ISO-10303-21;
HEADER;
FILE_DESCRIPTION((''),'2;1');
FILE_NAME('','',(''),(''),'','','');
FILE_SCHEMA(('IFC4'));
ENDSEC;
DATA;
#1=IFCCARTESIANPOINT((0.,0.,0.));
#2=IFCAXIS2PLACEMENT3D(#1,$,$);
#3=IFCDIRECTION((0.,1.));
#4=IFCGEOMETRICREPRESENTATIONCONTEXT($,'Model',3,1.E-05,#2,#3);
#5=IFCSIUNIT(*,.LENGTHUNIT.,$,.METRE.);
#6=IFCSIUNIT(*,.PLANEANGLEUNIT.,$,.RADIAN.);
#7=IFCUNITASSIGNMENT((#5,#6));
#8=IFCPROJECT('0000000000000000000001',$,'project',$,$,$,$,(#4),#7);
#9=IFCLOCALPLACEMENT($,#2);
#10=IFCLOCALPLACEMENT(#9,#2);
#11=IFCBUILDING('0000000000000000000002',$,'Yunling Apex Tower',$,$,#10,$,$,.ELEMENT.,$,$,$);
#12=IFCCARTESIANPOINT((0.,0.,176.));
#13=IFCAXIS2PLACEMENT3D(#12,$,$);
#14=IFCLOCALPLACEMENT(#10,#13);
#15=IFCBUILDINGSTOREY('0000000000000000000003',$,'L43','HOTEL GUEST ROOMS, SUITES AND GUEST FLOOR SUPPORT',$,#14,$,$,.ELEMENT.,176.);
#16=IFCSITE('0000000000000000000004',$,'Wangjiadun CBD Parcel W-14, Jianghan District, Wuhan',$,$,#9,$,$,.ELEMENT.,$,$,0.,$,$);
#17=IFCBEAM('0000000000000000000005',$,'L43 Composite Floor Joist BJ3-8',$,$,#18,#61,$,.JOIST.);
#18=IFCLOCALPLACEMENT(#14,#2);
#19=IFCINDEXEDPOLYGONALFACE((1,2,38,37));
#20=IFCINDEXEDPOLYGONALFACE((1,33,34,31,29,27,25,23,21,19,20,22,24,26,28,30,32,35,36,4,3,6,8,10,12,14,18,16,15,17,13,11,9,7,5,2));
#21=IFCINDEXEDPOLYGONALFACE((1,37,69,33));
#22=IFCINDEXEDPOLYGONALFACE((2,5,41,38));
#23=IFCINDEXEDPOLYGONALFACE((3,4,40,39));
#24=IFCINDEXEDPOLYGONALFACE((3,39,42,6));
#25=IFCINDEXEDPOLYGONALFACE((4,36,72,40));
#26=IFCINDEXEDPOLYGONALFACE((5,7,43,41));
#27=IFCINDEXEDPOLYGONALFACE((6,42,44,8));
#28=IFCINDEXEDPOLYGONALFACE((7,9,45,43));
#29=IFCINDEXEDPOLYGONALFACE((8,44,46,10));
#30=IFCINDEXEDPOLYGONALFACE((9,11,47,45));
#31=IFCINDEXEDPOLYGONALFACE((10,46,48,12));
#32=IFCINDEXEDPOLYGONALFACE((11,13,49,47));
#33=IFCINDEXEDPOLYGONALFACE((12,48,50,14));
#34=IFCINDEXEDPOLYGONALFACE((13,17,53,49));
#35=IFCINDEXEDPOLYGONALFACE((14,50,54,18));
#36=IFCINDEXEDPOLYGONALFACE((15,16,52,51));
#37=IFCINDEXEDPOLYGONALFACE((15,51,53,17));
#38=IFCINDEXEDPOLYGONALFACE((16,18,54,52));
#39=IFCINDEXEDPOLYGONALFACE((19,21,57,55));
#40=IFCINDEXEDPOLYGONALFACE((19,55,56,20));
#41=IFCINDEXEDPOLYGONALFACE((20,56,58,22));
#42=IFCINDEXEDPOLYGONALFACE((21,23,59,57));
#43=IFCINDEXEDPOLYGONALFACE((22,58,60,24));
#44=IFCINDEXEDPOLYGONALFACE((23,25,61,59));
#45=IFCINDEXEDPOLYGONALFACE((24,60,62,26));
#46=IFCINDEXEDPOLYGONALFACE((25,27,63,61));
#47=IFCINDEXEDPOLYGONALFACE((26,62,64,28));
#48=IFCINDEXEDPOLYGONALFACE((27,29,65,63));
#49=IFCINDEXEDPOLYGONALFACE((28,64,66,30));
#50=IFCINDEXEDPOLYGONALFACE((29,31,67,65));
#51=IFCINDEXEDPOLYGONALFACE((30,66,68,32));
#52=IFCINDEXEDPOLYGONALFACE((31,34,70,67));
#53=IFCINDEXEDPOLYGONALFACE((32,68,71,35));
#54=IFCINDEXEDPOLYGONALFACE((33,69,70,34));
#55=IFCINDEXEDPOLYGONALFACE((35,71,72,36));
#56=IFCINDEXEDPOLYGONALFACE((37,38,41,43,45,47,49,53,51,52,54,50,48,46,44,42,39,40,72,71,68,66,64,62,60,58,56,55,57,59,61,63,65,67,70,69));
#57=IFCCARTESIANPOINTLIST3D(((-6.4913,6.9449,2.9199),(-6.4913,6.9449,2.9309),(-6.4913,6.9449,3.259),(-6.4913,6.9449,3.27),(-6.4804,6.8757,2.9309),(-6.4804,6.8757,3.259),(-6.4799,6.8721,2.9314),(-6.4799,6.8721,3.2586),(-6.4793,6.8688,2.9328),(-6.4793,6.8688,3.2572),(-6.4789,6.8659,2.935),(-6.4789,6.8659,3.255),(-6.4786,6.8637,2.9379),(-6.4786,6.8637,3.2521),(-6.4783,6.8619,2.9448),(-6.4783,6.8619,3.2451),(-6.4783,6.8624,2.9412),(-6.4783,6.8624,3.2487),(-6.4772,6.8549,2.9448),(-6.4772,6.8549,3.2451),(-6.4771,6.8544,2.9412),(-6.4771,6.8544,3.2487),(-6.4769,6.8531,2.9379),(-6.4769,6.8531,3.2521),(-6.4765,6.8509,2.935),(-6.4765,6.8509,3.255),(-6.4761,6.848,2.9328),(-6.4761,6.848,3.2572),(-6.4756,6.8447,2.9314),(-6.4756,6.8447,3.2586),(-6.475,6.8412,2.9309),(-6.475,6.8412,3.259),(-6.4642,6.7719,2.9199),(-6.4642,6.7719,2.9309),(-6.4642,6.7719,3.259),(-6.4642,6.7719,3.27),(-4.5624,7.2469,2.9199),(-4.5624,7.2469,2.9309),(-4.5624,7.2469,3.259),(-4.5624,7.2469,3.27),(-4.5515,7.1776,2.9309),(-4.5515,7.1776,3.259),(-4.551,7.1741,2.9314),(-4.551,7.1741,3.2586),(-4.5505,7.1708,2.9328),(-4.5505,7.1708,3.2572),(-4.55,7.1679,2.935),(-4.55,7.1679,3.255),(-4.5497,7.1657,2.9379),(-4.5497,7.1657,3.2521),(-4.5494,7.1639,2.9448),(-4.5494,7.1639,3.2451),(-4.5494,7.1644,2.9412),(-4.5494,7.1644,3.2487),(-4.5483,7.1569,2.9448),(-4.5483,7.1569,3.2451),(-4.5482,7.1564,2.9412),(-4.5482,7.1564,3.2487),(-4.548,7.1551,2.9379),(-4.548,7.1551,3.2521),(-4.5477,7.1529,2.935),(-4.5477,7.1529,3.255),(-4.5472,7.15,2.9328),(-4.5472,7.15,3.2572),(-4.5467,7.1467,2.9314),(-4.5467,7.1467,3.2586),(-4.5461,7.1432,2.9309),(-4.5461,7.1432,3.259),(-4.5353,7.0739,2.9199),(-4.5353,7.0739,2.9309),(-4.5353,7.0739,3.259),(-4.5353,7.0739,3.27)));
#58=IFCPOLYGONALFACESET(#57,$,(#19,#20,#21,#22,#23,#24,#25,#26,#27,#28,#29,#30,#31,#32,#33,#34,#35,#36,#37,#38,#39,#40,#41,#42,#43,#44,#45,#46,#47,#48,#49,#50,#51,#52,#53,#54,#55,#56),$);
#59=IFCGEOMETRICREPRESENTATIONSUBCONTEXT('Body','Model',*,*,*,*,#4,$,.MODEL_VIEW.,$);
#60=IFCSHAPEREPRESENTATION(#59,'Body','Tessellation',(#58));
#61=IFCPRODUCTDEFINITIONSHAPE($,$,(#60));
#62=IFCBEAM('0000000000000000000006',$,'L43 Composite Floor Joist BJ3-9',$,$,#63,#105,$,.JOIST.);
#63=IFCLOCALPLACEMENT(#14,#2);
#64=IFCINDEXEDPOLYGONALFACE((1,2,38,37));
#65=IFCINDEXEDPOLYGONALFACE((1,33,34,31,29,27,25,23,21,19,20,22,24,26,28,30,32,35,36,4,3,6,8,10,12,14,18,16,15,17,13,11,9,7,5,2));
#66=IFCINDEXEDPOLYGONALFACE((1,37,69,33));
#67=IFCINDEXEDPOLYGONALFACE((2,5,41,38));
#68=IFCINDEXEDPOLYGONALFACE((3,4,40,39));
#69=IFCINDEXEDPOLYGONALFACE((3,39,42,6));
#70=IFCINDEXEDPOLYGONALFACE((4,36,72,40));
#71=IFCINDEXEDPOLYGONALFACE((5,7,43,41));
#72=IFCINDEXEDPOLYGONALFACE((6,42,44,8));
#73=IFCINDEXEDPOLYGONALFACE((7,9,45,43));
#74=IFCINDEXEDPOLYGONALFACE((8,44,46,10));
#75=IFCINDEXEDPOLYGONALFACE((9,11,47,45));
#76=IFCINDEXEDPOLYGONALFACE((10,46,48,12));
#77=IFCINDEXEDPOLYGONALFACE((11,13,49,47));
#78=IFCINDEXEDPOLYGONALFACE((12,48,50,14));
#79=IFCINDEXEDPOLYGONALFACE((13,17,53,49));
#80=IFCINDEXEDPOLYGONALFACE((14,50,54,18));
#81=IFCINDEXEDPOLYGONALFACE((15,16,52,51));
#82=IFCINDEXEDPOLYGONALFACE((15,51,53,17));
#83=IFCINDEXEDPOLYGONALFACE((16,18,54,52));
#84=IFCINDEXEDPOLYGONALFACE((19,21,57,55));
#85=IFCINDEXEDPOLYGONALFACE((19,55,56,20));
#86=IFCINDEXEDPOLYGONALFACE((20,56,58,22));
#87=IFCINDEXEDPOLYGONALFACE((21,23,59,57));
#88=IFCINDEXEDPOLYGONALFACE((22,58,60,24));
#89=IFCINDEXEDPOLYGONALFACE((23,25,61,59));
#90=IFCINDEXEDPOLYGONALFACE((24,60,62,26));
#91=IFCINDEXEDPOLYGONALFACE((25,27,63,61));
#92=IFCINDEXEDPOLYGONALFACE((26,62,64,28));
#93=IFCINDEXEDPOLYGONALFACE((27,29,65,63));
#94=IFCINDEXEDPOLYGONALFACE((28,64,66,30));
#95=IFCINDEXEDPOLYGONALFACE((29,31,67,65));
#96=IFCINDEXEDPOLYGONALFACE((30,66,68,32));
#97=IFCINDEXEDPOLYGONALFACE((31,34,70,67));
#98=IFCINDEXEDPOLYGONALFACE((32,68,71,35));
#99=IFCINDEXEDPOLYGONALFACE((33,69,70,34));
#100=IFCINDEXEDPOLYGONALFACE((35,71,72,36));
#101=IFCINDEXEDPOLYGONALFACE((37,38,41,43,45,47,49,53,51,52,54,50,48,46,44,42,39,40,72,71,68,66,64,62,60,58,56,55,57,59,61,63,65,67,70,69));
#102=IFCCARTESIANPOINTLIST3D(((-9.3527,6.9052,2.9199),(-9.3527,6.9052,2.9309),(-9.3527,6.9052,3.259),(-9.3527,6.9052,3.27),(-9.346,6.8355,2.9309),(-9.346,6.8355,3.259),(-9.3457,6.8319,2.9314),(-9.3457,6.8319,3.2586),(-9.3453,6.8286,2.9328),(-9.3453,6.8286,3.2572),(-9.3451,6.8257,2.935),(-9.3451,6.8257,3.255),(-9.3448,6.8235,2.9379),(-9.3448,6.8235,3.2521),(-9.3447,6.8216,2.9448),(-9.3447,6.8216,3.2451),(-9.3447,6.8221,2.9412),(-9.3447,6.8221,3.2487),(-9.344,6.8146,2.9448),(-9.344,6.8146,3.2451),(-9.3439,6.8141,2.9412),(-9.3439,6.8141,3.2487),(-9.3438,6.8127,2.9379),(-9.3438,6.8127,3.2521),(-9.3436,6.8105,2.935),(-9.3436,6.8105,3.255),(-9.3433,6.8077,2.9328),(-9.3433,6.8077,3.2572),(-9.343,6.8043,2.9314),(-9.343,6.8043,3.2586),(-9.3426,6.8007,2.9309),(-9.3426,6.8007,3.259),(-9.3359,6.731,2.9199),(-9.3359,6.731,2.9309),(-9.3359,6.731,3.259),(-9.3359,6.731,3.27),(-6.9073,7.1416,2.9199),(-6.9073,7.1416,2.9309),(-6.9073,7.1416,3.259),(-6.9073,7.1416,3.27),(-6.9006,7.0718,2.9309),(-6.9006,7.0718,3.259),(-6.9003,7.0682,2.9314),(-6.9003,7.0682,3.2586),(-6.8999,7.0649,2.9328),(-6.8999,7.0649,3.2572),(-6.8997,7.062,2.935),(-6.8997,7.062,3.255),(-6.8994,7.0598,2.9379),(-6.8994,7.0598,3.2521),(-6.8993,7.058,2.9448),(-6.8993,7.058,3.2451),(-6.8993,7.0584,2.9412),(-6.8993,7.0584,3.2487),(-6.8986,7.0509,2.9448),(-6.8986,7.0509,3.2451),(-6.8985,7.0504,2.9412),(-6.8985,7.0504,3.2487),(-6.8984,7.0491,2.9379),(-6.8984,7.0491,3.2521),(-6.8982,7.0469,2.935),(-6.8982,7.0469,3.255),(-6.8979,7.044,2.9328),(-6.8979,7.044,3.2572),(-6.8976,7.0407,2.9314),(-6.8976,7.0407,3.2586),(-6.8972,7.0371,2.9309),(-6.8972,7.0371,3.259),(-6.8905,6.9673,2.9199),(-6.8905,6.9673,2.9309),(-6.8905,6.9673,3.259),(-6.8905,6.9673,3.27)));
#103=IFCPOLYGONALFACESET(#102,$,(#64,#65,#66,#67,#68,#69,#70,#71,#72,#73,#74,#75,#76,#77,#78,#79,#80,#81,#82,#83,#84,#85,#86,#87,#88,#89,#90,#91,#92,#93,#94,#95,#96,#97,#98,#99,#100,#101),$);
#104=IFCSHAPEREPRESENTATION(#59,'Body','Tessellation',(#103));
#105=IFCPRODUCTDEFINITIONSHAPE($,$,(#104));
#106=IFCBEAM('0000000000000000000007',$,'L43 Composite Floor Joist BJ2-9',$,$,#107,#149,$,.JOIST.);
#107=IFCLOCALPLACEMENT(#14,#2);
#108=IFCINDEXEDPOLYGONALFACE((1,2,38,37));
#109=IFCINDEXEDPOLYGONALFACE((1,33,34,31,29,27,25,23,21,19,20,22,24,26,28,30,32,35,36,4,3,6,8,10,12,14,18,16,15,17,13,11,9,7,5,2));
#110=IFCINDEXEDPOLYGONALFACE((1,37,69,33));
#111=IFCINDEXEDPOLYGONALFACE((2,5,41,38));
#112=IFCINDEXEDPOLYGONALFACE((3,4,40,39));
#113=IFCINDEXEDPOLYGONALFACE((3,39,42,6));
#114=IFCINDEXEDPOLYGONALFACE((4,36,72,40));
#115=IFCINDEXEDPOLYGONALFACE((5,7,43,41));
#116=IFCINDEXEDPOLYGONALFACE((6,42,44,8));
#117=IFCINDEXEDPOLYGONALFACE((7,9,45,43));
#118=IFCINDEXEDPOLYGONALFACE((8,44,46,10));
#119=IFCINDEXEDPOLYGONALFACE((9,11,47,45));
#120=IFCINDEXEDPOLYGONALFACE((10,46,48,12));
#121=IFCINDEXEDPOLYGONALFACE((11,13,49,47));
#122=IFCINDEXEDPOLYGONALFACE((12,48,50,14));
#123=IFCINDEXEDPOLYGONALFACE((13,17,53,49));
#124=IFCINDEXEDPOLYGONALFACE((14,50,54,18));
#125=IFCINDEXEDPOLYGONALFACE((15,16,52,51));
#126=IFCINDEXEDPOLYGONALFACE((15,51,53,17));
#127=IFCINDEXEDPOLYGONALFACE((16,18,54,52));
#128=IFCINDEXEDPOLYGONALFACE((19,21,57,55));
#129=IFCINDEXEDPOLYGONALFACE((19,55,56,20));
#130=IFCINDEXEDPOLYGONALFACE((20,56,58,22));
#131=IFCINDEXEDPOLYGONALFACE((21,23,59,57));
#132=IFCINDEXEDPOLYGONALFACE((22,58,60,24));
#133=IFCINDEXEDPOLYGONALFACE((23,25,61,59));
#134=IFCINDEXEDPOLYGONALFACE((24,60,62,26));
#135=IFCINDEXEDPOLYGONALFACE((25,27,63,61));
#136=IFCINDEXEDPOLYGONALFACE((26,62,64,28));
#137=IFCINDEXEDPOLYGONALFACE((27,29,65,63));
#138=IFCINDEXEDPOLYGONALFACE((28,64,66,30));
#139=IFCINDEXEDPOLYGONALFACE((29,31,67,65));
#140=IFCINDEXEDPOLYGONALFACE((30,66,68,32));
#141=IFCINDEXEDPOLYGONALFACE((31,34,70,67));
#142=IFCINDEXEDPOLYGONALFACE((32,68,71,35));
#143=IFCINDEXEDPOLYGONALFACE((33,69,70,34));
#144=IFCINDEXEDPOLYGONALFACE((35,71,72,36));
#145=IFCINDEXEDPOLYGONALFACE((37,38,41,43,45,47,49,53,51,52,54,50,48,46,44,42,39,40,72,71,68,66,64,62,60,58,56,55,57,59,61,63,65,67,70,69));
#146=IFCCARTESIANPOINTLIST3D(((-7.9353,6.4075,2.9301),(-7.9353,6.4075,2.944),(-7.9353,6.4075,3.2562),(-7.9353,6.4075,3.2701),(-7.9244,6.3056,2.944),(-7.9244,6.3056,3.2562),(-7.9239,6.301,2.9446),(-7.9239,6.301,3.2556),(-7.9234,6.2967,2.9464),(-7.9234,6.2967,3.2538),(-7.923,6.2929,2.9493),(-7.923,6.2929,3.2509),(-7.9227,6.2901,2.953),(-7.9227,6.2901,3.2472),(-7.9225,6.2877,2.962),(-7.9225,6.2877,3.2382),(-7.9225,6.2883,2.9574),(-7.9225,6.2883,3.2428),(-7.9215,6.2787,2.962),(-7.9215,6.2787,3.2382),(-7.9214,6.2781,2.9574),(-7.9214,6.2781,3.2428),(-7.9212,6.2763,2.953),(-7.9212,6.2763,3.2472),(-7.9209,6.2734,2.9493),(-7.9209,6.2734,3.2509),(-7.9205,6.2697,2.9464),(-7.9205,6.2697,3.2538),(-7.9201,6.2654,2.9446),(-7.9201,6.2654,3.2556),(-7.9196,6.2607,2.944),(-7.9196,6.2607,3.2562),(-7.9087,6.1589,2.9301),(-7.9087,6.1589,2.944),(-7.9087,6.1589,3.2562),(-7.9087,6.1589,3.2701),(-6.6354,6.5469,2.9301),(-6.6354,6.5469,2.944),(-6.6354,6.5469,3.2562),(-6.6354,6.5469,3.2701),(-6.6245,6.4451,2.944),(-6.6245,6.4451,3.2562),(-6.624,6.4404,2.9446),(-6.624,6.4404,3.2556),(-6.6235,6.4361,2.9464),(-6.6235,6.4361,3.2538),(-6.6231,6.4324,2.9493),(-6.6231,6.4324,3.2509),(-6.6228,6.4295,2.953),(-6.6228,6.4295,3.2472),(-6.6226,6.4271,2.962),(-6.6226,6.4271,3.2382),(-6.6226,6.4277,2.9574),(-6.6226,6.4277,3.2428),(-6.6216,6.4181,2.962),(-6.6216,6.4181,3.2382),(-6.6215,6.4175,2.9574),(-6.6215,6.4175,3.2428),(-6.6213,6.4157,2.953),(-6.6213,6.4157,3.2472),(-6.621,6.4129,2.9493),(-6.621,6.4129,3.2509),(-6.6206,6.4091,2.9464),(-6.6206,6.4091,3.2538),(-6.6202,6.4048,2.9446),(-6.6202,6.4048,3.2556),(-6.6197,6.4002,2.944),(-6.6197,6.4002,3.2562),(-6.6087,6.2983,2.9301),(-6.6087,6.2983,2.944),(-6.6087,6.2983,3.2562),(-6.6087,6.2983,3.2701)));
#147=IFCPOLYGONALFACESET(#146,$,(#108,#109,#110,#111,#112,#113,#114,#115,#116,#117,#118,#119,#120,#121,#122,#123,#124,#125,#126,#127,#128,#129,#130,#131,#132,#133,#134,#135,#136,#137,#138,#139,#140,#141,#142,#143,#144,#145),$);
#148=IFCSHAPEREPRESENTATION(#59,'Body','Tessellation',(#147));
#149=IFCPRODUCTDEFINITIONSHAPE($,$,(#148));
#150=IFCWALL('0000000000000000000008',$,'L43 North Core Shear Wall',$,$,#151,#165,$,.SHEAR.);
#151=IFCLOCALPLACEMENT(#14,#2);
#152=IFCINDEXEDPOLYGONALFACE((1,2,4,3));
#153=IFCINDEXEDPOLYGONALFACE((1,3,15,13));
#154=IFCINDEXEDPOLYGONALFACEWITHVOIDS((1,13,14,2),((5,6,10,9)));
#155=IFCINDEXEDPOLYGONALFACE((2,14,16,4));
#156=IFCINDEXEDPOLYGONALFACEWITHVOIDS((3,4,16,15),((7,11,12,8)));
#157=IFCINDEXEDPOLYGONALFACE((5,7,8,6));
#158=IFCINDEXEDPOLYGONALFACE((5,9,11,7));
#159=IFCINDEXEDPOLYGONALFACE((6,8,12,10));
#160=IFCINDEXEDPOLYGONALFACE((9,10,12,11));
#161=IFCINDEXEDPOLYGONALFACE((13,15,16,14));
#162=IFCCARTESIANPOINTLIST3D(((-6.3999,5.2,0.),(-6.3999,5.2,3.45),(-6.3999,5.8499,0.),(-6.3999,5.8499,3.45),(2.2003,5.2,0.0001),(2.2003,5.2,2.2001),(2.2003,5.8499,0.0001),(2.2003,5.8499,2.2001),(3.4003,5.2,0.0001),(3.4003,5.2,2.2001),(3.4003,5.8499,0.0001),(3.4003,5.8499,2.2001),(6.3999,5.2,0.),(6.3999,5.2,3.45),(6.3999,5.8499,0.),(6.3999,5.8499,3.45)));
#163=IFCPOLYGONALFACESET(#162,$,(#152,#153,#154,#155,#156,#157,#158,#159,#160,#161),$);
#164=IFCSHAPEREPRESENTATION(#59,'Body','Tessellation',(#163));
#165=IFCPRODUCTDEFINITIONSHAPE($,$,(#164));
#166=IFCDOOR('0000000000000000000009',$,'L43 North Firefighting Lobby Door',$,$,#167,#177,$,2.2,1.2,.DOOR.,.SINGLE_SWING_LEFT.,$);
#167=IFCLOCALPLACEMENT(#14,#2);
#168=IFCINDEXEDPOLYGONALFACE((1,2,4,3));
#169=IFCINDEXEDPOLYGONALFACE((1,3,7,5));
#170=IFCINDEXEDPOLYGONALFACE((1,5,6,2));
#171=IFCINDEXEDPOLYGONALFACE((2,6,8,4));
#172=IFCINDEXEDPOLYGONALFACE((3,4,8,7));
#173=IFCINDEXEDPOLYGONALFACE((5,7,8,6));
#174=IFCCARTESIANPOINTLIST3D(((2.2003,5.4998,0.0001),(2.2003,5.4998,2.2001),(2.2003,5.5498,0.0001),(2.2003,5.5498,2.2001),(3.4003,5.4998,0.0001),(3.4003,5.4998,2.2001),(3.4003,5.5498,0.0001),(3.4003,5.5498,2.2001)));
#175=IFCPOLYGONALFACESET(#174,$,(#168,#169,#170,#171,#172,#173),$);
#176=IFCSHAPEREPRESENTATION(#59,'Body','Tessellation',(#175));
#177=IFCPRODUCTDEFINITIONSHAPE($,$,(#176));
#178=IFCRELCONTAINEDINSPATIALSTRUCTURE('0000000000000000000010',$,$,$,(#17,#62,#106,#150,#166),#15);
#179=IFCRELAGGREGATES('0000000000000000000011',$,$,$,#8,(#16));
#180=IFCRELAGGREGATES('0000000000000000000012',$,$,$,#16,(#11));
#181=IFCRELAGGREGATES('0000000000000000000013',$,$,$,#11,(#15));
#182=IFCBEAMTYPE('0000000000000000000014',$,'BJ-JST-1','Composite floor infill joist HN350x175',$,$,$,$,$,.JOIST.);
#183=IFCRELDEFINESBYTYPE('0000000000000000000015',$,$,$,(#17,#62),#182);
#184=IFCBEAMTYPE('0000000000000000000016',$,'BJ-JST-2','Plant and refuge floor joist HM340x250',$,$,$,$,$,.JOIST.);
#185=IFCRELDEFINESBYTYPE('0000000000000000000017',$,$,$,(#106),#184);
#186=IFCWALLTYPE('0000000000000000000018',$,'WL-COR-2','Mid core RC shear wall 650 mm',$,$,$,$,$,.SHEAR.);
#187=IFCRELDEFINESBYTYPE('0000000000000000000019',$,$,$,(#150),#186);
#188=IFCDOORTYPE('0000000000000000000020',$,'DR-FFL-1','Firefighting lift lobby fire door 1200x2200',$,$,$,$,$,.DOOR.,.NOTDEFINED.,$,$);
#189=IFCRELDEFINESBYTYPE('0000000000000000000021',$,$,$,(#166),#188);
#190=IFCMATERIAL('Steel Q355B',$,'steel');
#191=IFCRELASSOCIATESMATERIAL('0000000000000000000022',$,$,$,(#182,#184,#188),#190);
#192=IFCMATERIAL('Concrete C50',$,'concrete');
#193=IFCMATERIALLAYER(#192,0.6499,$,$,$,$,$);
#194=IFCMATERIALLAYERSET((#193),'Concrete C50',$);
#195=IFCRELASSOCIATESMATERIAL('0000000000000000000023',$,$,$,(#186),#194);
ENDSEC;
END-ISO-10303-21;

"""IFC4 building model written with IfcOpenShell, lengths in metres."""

from ifc_helpers import new_model, si_unit, direction, frame, frame_2d, origin, origin_2d, place, context, subcontext, project, spatial, rectangle, i_section, extrude, source, transform, mapped, material, layer, layer_set, material_profile, profile_set, type_object, element, fill, save


model = new_model("IFC4")

# Units and contexts
model_context = context("Model", 3, precision=1e-05, world=origin(), true_north=direction((0.0, 1.0)))
body_context = subcontext(model_context, "Body", "Model", "MODEL_VIEW")
ifc_project = project(units=[si_unit("LENGTHUNIT", "METRE"), si_unit("PLANEANGLEUNIT", "RADIAN")], contexts=[model_context])

# Site, building, storey
site_placement = place(None, origin())
site = spatial("IfcSite", under=ifc_project, at=site_placement, Name="Wangjiadun CBD Parcel W-14, Jianghan District, Wuhan", CompositionType="ELEMENT", RefElevation=0.0)
building_placement = place(site_placement, origin())
building = spatial("IfcBuilding", under=site, at=building_placement, Name="Yunling Apex Tower", CompositionType="ELEMENT")
storey_placement = place(building_placement, frame((0.0, 0.0, 176.0)))
storey = spatial("IfcBuildingStorey", under=building, at=storey_placement, Name="L43", Description="HOTEL GUEST ROOMS, SUITES AND GUEST FLOOR SUPPORT", CompositionType="ELEMENT", Elevation=176.0)

# Shared definitions
ifc_material_1 = material(Name="Concrete C50", Category="concrete")

# Beams
ifc_material_2 = material(Name="Steel Q355B", Category="steel")
ifc_material_profile_1 = material_profile(ifc_material_2, i_section(OverallWidth=0.175, OverallDepth=0.3501, WebThickness=0.0071, FlangeThickness=0.011, FilletRadius=0.0139, at=origin_2d()))
ifc_profile_set_1 = profile_set([ifc_material_profile_1], Name="Steel Q355B")
beam_type_1 = type_object("IfcBeamType", Name="BJ-JST-1", Description="Composite floor infill joist HN350x175", PredefinedType="JOIST", material=ifc_profile_set_1)
shared_shape_1 = source(origin(), body_context, "Body", "SweptSolid", [
    extrude(i_section(OverallWidth=0.175, OverallDepth=0.3501, WebThickness=0.0071, FlangeThickness=0.011, FilletRadius=0.0139, at=origin_2d()), origin(), (0.0, 0.0, 1.0), 1.9524),
])
beam_1_placement = place(storey_placement, frame((-4.5488, 7.1604, 3.095), z_axis=(-0.987965, -0.154678, 0.0), x_axis=(0.154678, -0.987965, 0.0)))
element("IfcBeam", 1, at=beam_1_placement, inside=storey, type_object=beam_type_1, Name="L43 Composite Floor Joist BJ3-8", PredefinedType="JOIST", context=body_context, shape_type="MappedRepresentation", body=[
    mapped(shared_shape_1, transform((0.0, 0.0, 0.0), scale=1.0)),
])
shared_shape_2 = source(origin(), body_context, "Body", "SweptSolid", [
    extrude(i_section(OverallWidth=0.175, OverallDepth=0.3501, WebThickness=0.0071, FlangeThickness=0.011, FilletRadius=0.0139, at=origin_2d()), origin(), (0.0, 0.0, 1.0), 2.4568),
])
beam_2_placement = place(storey_placement, frame((-6.8989, 7.0544, 3.095), z_axis=(-0.995362, -0.096197, 0.0), x_axis=(0.096197, -0.995362, 0.0)))
element("IfcBeam", 2, at=beam_2_placement, inside=storey, type_object=beam_type_1, Name="L43 Composite Floor Joist BJ3-9", PredefinedType="JOIST", context=body_context, shape_type="MappedRepresentation", body=[
    mapped(shared_shape_2, transform((0.0, 0.0, 0.0), scale=1.0)),
])
ifc_material_profile_2 = material_profile(ifc_material_2, i_section(OverallWidth=0.25, OverallDepth=0.3401, WebThickness=0.009, FlangeThickness=0.0139, FilletRadius=0.0181, at=origin_2d()))
ifc_profile_set_2 = profile_set([ifc_material_profile_2], Name="Steel Q355B")
beam_type_2 = type_object("IfcBeamType", Name="BJ-JST-2", Description="Plant and refuge floor joist HM340x250", PredefinedType="JOIST", material=ifc_profile_set_2)
shared_shape_3 = source(origin(), body_context, "Body", "SweptSolid", [
    extrude(i_section(OverallWidth=0.25, OverallDepth=0.3401, WebThickness=0.009, FlangeThickness=0.0139, FilletRadius=0.0181, at=origin_2d()), origin(), (0.0, 0.0, 1.0), 1.3074),
])
beam_3_placement = place(storey_placement, frame((-6.6221, 6.4226, 3.1001), z_axis=(-0.994298, -0.106639, 0.0), x_axis=(0.106639, -0.994298, 0.0)))
element("IfcBeam", 3, at=beam_3_placement, inside=storey, type_object=beam_type_2, Name="L43 Composite Floor Joist BJ2-9", PredefinedType="JOIST", context=body_context, shape_type="MappedRepresentation", body=[
    mapped(shared_shape_3, transform((0.0, 0.0, 0.0), scale=1.0)),
])

# Wall, opening, door
ifc_layer_1 = layer(ifc_material_1, 0.6499)
ifc_layer_set_1 = layer_set([ifc_layer_1], Name="Concrete C50")
wall_type_1 = type_object("IfcWallType", Name="WL-COR-2", Description="Mid core RC shear wall 650 mm", PredefinedType="SHEAR", material=ifc_layer_set_1)
wall_1_placement = place(storey_placement, frame((-6.3999, 5.5249, 0.0), z_axis=(0.0, 0.0, 1.0), x_axis=(1.0, 0.0, 0.0)))
wall_1 = element("IfcWall", 4, at=wall_1_placement, inside=storey, type_object=wall_type_1, Name="L43 North Core Shear Wall", PredefinedType="SHEAR", context=body_context, shape_type="SweptSolid", body=[
    extrude(rectangle(XDim=12.7998, YDim=0.6499, at=frame_2d((6.3999, 0.0))), origin(), (0.0, 0.0, 1.0), 3.45),
])
opening_placement = place(wall_1_placement, frame((8.6001, 0.0, 0.0)))
opening = element("IfcOpeningElement", 5, at=opening_placement, cuts=wall_1, PredefinedType="OPENING", context=body_context, shape_type="SweptSolid", body=[
    extrude(rectangle(XDim=1.2, YDim=2.2, at=frame_2d((0.6001, 1.1001))), frame((0.0, 0.335, 0.0), z_axis=(0.0, -1.0, 0.0), x_axis=(1.0, 0.0, 0.0)), (0.0, 0.0, 1.0), 0.6699),
])
door_type = type_object("IfcDoorType", Name="DR-FFL-1", Description="Firefighting lift lobby fire door 1200x2200", OperationType="NOTDEFINED", PredefinedType="DOOR", material=ifc_material_2)
door_placement = place(opening_placement, origin())
door = element("IfcDoor", 6, at=door_placement, inside=storey, type_object=door_type, Name="L43 North Firefighting Lobby Door", OperationType="SINGLE_SWING_LEFT", OverallHeight=2.2, OverallWidth=1.2, PredefinedType="DOOR", context=body_context, shape_type="SweptSolid", body=[
    extrude(rectangle(XDim=1.2, YDim=2.2, at=frame_2d((0.6001, 1.1001))), frame((0.0, 0.0249, 0.0), z_axis=(0.0, -1.0, 0.0), x_axis=(1.0, 0.0, 0.0)), (0.0, 0.0, 1.0), 0.05),
])
fill(opening, door)

save(model, "model.ifc")
